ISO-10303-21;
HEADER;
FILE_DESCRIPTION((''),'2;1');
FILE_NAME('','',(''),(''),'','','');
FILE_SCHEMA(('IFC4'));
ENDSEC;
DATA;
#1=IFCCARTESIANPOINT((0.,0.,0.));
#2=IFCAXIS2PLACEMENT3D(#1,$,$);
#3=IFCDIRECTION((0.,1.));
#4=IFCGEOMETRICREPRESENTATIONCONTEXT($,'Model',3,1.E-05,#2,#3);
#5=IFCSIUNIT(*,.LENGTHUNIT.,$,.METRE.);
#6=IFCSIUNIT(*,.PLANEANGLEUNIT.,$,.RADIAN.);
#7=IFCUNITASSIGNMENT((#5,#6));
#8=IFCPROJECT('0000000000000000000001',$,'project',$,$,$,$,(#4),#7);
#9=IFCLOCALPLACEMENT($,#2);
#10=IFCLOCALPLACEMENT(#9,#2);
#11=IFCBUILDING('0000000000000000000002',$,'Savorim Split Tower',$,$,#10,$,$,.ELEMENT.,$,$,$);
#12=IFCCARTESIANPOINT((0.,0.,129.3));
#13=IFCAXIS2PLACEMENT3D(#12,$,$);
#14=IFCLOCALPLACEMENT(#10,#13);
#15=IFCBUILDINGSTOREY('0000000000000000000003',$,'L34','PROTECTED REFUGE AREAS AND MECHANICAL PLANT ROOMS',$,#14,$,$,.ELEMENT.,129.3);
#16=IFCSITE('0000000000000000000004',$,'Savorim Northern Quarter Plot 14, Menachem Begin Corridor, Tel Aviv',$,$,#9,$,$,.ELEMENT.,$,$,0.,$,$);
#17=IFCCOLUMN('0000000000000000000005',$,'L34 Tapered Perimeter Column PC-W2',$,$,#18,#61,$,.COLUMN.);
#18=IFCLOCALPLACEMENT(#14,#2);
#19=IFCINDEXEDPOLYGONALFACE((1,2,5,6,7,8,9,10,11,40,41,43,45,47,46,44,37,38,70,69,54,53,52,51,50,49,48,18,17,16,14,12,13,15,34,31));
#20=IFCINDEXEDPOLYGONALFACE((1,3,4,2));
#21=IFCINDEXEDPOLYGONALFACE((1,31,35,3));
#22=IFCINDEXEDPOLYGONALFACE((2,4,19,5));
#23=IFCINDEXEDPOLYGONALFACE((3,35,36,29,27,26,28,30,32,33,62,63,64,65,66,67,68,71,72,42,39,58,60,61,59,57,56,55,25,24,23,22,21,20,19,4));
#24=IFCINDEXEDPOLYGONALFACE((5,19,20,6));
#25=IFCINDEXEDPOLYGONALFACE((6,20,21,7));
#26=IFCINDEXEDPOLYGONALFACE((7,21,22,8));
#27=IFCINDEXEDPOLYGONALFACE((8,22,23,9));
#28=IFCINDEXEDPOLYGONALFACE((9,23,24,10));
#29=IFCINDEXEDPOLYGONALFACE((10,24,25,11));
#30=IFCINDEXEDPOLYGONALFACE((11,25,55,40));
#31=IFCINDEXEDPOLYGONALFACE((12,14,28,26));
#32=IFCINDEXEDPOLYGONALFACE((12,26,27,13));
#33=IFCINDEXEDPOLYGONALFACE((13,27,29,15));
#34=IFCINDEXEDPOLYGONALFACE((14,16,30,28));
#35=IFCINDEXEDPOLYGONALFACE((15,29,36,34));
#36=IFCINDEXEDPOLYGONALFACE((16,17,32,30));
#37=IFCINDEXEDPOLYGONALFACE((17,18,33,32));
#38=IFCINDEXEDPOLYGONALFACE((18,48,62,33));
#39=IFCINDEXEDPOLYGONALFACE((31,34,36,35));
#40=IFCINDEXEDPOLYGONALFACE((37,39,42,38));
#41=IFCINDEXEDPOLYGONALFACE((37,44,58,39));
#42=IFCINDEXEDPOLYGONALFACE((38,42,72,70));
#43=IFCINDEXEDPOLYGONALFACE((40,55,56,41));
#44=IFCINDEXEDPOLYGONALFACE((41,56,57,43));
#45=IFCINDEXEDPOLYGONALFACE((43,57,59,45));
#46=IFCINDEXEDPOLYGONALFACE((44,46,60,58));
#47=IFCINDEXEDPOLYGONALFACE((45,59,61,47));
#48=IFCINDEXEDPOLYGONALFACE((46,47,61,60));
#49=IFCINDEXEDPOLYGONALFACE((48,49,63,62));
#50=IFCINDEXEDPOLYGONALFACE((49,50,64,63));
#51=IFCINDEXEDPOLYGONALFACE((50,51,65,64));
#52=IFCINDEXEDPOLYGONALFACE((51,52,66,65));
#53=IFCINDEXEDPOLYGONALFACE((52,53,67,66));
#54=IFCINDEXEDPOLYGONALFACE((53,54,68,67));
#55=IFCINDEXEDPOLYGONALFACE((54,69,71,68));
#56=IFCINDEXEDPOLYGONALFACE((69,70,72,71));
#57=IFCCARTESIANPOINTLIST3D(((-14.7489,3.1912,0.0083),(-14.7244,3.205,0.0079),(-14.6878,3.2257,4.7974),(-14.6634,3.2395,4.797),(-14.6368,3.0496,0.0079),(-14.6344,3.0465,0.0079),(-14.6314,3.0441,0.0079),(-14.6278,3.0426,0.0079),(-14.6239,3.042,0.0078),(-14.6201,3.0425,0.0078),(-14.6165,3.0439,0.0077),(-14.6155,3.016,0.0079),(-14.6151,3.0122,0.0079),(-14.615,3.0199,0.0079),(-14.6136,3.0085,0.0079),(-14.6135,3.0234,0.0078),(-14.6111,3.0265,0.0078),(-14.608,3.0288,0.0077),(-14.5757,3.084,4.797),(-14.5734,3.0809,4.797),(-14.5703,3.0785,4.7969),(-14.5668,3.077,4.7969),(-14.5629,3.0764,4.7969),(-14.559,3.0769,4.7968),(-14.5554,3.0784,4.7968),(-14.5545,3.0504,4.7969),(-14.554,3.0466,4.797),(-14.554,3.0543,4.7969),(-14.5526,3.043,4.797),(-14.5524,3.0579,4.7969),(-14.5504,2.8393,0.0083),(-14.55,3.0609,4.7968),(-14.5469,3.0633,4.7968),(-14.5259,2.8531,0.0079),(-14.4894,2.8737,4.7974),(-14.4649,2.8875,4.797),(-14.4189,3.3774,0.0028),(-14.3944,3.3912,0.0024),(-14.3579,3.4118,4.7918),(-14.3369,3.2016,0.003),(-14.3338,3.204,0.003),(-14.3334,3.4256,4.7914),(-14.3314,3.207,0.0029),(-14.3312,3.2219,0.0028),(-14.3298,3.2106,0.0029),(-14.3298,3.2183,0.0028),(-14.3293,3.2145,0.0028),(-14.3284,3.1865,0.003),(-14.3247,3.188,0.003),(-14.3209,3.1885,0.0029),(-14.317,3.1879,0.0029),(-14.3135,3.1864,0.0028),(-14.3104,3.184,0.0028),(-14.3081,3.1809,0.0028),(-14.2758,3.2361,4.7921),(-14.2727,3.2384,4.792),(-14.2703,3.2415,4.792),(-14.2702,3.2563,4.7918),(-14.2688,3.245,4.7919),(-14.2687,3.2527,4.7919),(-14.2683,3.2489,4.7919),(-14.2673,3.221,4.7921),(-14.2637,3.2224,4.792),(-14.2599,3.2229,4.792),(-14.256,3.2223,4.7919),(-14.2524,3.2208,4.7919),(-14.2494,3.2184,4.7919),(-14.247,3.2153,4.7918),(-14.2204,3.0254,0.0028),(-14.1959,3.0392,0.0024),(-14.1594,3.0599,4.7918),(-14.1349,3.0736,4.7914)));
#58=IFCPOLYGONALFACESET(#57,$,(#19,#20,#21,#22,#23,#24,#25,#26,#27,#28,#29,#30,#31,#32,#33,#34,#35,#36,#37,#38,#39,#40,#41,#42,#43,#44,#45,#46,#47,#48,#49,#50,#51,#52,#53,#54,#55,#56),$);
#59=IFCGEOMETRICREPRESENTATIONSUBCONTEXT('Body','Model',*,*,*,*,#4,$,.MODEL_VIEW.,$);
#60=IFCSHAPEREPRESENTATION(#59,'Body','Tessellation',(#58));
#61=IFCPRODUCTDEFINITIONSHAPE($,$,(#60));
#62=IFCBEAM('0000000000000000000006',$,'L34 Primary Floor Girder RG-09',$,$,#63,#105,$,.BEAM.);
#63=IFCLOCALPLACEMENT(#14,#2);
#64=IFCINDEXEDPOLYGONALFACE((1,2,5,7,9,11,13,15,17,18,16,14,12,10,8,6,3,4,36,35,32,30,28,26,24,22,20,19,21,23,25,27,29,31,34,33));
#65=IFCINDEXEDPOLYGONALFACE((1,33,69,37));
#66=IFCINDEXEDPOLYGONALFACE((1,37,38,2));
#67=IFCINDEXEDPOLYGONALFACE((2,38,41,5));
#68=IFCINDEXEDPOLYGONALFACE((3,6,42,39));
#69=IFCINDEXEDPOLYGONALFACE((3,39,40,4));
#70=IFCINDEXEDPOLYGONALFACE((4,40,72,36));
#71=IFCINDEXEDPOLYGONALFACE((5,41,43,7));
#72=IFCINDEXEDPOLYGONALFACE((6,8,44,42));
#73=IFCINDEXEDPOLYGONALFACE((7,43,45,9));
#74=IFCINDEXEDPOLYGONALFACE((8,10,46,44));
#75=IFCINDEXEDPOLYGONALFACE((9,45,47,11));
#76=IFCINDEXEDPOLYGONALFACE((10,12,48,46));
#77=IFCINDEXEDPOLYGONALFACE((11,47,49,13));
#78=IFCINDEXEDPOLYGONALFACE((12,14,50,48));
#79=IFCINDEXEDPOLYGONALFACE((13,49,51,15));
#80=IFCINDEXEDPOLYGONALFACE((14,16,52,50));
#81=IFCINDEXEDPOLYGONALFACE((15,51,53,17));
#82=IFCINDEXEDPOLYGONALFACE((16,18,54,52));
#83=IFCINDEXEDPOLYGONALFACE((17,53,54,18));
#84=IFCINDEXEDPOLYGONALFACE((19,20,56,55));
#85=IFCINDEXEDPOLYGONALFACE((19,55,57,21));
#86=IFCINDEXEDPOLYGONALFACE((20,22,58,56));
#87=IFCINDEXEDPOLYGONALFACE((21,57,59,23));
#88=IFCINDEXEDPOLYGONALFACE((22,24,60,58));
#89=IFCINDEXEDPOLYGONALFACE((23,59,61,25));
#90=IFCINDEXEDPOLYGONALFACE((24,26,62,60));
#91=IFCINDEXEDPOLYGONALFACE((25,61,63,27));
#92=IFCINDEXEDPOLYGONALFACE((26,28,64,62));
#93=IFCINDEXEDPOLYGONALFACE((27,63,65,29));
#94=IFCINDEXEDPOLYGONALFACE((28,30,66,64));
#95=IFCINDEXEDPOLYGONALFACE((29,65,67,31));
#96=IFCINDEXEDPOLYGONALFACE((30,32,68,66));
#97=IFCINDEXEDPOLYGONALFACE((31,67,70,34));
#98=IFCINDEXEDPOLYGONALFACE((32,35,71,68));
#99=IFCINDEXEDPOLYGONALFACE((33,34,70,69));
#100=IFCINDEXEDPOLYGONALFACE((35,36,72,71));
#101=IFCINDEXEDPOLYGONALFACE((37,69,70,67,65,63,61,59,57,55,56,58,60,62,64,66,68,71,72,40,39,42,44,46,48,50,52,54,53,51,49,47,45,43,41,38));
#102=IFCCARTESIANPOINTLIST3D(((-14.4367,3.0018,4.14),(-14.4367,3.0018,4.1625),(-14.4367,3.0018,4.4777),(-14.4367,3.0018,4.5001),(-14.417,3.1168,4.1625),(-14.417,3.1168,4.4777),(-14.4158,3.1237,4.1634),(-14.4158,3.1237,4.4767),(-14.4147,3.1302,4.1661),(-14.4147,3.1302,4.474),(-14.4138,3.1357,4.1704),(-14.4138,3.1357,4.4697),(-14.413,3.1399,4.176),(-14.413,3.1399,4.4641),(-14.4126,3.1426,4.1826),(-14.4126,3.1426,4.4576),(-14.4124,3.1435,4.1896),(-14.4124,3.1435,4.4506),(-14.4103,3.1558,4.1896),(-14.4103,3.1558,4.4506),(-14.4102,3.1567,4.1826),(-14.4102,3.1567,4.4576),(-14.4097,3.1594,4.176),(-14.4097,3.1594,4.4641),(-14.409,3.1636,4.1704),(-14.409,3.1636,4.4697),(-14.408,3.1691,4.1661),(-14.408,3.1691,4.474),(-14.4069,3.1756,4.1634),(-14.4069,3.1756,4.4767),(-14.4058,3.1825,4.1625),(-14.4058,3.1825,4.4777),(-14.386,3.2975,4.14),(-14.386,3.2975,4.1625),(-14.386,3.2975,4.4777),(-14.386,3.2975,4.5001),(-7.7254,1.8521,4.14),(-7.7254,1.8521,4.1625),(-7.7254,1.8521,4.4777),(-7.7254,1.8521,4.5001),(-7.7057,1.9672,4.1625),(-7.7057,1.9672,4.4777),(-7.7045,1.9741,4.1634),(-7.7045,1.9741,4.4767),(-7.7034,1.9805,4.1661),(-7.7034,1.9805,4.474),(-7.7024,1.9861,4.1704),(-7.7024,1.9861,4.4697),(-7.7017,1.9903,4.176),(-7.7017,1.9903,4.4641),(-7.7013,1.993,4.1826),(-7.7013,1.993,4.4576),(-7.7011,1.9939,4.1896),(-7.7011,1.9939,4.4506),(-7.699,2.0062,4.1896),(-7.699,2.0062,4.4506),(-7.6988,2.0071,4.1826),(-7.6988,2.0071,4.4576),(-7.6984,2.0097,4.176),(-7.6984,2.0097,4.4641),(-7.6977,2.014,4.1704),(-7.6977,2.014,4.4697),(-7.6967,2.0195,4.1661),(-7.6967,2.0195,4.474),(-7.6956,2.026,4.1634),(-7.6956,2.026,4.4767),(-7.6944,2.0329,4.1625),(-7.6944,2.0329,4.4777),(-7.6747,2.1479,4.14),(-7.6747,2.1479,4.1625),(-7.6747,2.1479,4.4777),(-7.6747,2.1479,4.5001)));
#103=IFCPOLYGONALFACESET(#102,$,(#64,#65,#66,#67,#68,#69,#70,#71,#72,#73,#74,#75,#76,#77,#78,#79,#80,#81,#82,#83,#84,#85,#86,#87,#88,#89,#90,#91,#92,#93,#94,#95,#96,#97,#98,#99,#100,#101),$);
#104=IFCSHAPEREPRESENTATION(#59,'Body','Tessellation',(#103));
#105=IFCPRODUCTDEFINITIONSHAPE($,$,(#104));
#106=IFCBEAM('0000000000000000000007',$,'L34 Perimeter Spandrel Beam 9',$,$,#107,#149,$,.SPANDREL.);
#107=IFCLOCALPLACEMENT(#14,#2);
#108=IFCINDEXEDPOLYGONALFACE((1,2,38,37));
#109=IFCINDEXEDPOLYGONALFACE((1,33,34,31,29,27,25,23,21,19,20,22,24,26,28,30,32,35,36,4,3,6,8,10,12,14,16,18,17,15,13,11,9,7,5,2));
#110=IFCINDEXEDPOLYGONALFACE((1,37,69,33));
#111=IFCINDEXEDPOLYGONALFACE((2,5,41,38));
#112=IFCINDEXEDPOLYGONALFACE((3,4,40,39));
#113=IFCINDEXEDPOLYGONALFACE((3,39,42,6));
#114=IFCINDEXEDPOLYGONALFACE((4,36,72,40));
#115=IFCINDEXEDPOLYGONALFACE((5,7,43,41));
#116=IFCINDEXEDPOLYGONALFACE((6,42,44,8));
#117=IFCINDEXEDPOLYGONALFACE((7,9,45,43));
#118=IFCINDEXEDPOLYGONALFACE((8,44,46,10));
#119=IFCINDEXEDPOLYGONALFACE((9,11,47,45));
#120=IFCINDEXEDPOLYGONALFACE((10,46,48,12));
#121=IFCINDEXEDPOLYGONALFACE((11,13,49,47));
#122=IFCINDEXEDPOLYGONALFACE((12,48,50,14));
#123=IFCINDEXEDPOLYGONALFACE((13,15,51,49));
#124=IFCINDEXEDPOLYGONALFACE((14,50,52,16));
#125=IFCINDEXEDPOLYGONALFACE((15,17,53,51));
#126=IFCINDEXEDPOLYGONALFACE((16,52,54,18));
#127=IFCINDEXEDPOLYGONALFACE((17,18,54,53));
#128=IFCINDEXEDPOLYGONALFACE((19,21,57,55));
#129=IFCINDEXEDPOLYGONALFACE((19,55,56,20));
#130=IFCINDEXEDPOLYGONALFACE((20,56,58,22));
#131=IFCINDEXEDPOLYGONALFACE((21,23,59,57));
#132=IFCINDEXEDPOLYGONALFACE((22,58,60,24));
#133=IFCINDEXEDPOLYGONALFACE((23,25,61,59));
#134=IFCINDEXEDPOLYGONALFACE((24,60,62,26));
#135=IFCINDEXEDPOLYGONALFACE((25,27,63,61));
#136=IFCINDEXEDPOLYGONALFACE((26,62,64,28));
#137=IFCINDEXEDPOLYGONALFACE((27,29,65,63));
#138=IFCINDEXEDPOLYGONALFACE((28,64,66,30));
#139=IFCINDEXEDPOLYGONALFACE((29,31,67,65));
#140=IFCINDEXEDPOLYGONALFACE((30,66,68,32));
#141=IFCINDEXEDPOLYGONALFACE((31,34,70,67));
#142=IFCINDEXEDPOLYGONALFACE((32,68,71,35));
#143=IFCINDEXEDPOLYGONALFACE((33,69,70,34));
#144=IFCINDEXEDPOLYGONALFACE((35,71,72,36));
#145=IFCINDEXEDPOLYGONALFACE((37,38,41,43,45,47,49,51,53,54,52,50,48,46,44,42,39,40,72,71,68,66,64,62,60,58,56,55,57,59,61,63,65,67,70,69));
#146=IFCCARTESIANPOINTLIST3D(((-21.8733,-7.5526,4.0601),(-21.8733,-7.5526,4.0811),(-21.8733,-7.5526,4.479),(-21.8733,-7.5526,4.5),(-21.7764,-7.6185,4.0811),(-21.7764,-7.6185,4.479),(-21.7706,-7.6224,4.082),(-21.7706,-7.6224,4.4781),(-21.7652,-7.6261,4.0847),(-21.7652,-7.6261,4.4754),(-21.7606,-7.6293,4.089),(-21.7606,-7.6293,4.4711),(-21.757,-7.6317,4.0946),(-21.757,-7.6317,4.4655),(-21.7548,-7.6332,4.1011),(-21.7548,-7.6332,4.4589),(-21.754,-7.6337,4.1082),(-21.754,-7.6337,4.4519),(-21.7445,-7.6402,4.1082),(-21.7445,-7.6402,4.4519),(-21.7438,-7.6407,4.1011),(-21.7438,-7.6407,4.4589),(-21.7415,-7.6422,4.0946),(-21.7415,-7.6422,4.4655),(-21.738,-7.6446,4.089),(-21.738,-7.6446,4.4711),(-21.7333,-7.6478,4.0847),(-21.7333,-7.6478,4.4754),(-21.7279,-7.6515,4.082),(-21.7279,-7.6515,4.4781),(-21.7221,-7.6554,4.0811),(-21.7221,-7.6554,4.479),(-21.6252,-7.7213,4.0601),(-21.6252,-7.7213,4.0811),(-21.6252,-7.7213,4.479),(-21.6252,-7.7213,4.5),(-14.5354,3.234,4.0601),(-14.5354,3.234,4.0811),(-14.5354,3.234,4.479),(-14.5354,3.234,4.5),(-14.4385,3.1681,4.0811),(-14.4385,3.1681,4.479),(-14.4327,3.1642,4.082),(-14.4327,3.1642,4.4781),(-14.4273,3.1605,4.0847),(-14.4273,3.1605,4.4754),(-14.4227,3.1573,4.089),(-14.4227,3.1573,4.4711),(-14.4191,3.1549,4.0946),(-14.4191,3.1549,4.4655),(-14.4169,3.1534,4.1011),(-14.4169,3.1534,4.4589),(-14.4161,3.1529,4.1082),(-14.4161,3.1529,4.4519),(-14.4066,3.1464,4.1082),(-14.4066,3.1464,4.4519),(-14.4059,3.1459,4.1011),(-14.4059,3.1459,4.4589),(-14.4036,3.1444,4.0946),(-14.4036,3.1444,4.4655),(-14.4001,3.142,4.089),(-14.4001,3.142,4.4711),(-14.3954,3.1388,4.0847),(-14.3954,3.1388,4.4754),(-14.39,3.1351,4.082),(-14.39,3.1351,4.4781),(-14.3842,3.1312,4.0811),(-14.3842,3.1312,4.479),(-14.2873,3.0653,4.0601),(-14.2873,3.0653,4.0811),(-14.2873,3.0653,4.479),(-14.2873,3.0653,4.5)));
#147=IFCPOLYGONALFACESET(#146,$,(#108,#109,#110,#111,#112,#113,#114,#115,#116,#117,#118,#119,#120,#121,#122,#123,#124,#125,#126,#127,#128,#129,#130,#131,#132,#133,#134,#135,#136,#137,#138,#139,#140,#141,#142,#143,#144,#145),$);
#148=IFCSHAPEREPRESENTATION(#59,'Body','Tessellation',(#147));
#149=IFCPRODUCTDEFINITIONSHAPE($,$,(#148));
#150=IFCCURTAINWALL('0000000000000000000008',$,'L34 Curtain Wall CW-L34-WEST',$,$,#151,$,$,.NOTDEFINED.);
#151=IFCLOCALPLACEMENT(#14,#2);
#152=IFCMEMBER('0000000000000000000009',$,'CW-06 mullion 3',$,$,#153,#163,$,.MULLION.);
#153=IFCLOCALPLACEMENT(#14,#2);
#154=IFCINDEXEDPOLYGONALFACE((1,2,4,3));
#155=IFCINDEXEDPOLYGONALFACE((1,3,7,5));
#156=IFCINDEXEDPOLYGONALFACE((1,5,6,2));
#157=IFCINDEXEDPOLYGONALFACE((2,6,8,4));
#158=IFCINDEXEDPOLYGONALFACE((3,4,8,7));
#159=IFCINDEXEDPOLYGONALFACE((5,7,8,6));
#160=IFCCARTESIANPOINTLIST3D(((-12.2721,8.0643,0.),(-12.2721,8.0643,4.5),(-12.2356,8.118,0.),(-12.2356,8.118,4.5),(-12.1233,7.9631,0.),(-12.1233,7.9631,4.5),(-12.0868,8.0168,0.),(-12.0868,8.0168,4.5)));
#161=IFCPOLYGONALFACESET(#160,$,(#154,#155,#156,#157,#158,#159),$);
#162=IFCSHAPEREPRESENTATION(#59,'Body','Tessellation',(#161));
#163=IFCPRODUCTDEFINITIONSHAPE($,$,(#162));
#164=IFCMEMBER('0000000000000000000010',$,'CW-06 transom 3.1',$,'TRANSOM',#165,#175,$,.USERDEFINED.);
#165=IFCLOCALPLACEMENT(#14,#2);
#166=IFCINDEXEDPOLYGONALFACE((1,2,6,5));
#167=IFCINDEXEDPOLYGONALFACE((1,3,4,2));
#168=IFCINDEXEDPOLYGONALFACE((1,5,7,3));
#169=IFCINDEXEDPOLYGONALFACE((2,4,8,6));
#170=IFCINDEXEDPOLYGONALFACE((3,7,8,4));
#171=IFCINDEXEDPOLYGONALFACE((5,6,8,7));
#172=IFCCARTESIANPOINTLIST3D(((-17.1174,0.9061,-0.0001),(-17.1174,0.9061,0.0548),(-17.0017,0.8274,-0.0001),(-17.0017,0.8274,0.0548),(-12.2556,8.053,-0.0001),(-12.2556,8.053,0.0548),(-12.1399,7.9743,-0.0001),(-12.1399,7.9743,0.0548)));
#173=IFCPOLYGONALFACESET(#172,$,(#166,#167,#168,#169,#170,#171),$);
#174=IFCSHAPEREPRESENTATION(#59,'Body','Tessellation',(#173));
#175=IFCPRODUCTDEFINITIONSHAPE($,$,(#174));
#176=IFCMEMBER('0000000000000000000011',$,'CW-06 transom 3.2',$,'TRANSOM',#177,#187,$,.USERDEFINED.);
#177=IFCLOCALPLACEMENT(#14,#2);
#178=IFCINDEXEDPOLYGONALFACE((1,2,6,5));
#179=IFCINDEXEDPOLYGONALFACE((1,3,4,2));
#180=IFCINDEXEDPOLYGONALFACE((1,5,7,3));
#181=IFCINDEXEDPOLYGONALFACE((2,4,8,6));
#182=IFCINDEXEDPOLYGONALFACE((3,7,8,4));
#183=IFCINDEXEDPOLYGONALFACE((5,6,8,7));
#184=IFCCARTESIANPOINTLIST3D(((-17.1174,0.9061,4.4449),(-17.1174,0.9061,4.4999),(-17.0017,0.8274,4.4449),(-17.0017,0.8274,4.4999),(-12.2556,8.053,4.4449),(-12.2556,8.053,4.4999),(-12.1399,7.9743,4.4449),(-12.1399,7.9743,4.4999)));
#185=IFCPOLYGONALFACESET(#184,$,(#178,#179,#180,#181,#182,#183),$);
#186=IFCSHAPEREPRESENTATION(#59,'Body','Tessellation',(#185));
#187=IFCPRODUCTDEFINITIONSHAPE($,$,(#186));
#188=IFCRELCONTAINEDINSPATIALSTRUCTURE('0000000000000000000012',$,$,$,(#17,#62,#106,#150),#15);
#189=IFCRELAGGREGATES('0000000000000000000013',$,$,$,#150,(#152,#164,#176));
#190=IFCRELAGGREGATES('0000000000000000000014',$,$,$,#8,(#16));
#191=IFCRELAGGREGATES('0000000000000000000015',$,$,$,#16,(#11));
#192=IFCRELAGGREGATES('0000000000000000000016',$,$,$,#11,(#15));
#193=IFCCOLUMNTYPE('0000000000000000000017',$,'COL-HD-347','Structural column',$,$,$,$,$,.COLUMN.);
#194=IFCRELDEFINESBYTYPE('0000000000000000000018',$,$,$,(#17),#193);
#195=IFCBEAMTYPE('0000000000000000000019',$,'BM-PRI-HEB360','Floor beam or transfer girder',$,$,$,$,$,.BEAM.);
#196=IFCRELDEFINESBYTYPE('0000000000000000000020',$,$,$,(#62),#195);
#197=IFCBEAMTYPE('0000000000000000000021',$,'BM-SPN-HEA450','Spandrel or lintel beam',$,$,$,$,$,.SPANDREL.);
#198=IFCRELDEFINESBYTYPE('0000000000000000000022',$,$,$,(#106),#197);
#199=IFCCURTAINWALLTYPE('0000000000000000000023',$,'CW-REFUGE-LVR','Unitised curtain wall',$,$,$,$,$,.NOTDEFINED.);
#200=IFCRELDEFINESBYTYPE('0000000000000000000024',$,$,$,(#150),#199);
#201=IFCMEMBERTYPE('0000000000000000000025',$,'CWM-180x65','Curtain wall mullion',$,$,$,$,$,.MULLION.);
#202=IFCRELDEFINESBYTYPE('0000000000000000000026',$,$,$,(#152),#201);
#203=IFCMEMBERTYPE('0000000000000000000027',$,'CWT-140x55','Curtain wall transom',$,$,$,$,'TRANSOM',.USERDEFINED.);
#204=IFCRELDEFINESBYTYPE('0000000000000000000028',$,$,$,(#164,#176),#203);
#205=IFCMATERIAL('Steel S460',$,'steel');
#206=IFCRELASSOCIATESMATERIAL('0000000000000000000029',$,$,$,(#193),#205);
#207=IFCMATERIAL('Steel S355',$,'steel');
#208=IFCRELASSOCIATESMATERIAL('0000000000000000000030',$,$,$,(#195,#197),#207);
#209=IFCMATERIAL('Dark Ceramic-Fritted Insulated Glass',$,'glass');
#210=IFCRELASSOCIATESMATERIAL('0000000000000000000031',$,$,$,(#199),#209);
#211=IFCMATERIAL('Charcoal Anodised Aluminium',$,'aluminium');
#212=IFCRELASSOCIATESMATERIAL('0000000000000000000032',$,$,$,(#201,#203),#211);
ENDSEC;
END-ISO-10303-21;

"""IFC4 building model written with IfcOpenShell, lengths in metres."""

from ifc_helpers import new_model, si_unit, direction, frame, origin, origin_2d, place, context, subcontext, project, spatial, rectangle, i_section, extrude, material, material_profile, profile_set, type_object, element, aggregate, save


model = new_model("IFC4")

# Units and contexts
model_context = context("Model", 3, precision=1e-05, world=origin(), true_north=direction((0.0, 1.0)))
body_context = subcontext(model_context, "Body", "Model", "MODEL_VIEW")
ifc_project = project(units=[si_unit("LENGTHUNIT", "METRE"), si_unit("PLANEANGLEUNIT", "RADIAN")], contexts=[model_context])

# Site, building, storey
site_placement = place(None, origin())
site = spatial("IfcSite", under=ifc_project, at=site_placement, Name="Savorim Northern Quarter Plot 14, Menachem Begin Corridor, Tel Aviv", CompositionType="ELEMENT", RefElevation=0.0)
building_placement = place(site_placement, origin())
building = spatial("IfcBuilding", under=site, at=building_placement, Name="Savorim Split Tower", CompositionType="ELEMENT")
storey_placement = place(building_placement, frame((0.0, 0.0, 129.3)))
storey = spatial("IfcBuildingStorey", under=building, at=storey_placement, Name="L34", Description="PROTECTED REFUGE AREAS AND MECHANICAL PLANT ROOMS", CompositionType="ELEMENT", Elevation=129.3)

# Column
ifc_material_1 = material(Name="Steel S460", Category="steel")
ifc_material_profile_1 = material_profile(ifc_material_1, i_section(OverallWidth=0.4041, OverallDepth=0.407, WebThickness=0.0173, FlangeThickness=0.0281, FilletRadius=0.0149, at=origin_2d()), Name="HD 400x347")
ifc_profile_set_1 = profile_set([ifc_material_profile_1], Name="Steel S460")
column_type = type_object("IfcColumnType", Name="COL-HD-347", Description="Structural column", PredefinedType="COLUMN", material=ifc_profile_set_1)
column_placement = place(storey_placement, frame((-14.4724, 3.1152, 0.0054), z_axis=(0.012743, 0.007187, 0.999893), x_axis=(-0.491253, 0.871017, 0.0)))
element("IfcColumn", 1, at=column_placement, inside=storey, type_object=column_type, Name="L34 Tapered Perimeter Column PC-W2", PredefinedType="COLUMN", context=body_context, shape_type="SweptSolid", body=[
    extrude(i_section(OverallWidth=0.4041, OverallDepth=0.407, WebThickness=0.0173, FlangeThickness=0.0281, FilletRadius=0.0149, at=origin_2d()), origin(), (0.0, 0.0, 1.0), 4.7896),
])

# Beams
ifc_material_2 = material(Name="Steel S355", Category="steel")
ifc_material_profile_2 = material_profile(ifc_material_2, i_section(OverallWidth=0.3, OverallDepth=0.3601, WebThickness=0.0125, FlangeThickness=0.0225, FilletRadius=0.0271, at=origin_2d()), Name="HEB 360")
ifc_profile_set_2 = profile_set([ifc_material_profile_2], Name="Steel S355")
beam_type_1 = type_object("IfcBeamType", Name="BM-PRI-HEB360", Description="Floor beam or transfer girder", PredefinedType="BEAM", material=ifc_profile_set_2)
beam_1_placement = place(storey_placement, frame((-14.4114, 3.1497, 4.3201), z_axis=(0.985644, -0.168839, 0.0), x_axis=(0.168839, 0.985644, 0.0)))
element("IfcBeam", 2, at=beam_1_placement, inside=storey, type_object=beam_type_1, Name="L34 Primary Floor Girder RG-09", PredefinedType="BEAM", context=body_context, shape_type="SweptSolid", body=[
    extrude(i_section(OverallWidth=0.3, OverallDepth=0.3601, WebThickness=0.0125, FlangeThickness=0.0225, FilletRadius=0.0271, at=origin_2d()), origin(), (0.0, 0.0, 1.0), 6.8091),
])
ifc_material_profile_3 = material_profile(ifc_material_2, i_section(OverallWidth=0.3, OverallDepth=0.4399, WebThickness=0.0115, FlangeThickness=0.021, FilletRadius=0.0271, at=origin_2d()), Name="HEA 450")
ifc_profile_set_3 = profile_set([ifc_material_profile_3], Name="Steel S355")
beam_type_2 = type_object("IfcBeamType", Name="BM-SPN-HEA450", Description="Spandrel or lintel beam", PredefinedType="SPANDREL", material=ifc_profile_set_3)
beam_2_placement = place(storey_placement, frame((-14.4114, 3.1497, 4.28), z_axis=(-0.562467, -0.82682, 0.0), x_axis=(0.82682, -0.562467, 0.0)))
element("IfcBeam", 3, at=beam_2_placement, inside=storey, type_object=beam_type_2, Name="L34 Perimeter Spandrel Beam 9", PredefinedType="SPANDREL", context=body_context, shape_type="SweptSolid", body=[
    extrude(i_section(OverallWidth=0.3, OverallDepth=0.4399, WebThickness=0.0115, FlangeThickness=0.021, FilletRadius=0.0271, at=origin_2d()), origin(), (0.0, 0.0, 1.0), 13.0459),
])

# Curtain wall, members
ifc_material_3 = material(Name="Dark Ceramic-Fritted Insulated Glass", Category="glass")
curtain_wall_type = type_object("IfcCurtainWallType", Name="CW-REFUGE-LVR", Description="Unitised curtain wall", PredefinedType="NOTDEFINED", material=ifc_material_3)
curtain_wall_placement = place(storey_placement, origin())
curtain_wall = element("IfcCurtainWall", 4, at=curtain_wall_placement, inside=storey, type_object=curtain_wall_type, Name="L34 Curtain Wall CW-L34-WEST", PredefinedType="NOTDEFINED")
ifc_material_4 = material(Name="Charcoal Anodised Aluminium", Category="aluminium")
ifc_material_profile_4 = material_profile(ifc_material_4, rectangle(XDim=0.1799, YDim=0.0649, at=origin_2d()), Name="ALU-M 180x65")
ifc_profile_set_4 = profile_set([ifc_material_profile_4], Name="Charcoal Anodised Aluminium")
member_type_1 = type_object("IfcMemberType", Name="CWM-180x65", Description="Curtain wall mullion", PredefinedType="MULLION", material=ifc_profile_set_4)
member_1_placement = place(storey_placement, frame((-12.1794, 8.0405, 0.0), z_axis=(0.0, 0.0, 1.0), x_axis=(0.82682, -0.562467, 0.0)))
member_1 = element("IfcMember", 5, at=member_1_placement, type_object=member_type_1, Name="CW-06 mullion 3", PredefinedType="MULLION", context=body_context, shape_type="SweptSolid", body=[
    extrude(rectangle(XDim=0.1799, YDim=0.0649, at=origin_2d()), origin(), (0.0, 0.0, 1.0), 4.5),
])
ifc_material_profile_5 = material_profile(ifc_material_4, rectangle(XDim=0.1399, YDim=0.0549, at=origin_2d()), Name="ALU-T 140x55")
ifc_profile_set_5 = profile_set([ifc_material_profile_5], Name="Charcoal Anodised Aluminium")
member_type_2 = type_object("IfcMemberType", Name="CWT-140x55", Description="Curtain wall transom", ElementType="TRANSOM", PredefinedType="USERDEFINED", material=ifc_profile_set_5)
member_2_placement = place(storey_placement, frame((-12.1978, 8.0137, 0.0273), z_axis=(-0.562458, -0.826826, 0.0), x_axis=(0.826826, -0.562458, 0.0)))
member_2 = element("IfcMember", 6, at=member_2_placement, type_object=member_type_2, Name="CW-06 transom 3.1", ObjectType="TRANSOM", PredefinedType="USERDEFINED", context=body_context, shape_type="SweptSolid", body=[
    extrude(rectangle(XDim=0.1399, YDim=0.0549, at=origin_2d()), origin(), (0.0, 0.0, 1.0), 8.6438),
])
member_3_placement = place(storey_placement, frame((-12.1978, 8.0137, 4.4724), z_axis=(-0.562458, -0.826826, 0.0), x_axis=(0.826826, -0.562458, 0.0)))
member_3 = element("IfcMember", 7, at=member_3_placement, type_object=member_type_2, Name="CW-06 transom 3.2", ObjectType="TRANSOM", PredefinedType="USERDEFINED", context=body_context, shape_type="SweptSolid", body=[
    extrude(rectangle(XDim=0.1399, YDim=0.0549, at=origin_2d()), origin(), (0.0, 0.0, 1.0), 8.6438),
])

aggregate(curtain_wall, [member_1, member_2, member_3])

save(model, "model.ifc")
